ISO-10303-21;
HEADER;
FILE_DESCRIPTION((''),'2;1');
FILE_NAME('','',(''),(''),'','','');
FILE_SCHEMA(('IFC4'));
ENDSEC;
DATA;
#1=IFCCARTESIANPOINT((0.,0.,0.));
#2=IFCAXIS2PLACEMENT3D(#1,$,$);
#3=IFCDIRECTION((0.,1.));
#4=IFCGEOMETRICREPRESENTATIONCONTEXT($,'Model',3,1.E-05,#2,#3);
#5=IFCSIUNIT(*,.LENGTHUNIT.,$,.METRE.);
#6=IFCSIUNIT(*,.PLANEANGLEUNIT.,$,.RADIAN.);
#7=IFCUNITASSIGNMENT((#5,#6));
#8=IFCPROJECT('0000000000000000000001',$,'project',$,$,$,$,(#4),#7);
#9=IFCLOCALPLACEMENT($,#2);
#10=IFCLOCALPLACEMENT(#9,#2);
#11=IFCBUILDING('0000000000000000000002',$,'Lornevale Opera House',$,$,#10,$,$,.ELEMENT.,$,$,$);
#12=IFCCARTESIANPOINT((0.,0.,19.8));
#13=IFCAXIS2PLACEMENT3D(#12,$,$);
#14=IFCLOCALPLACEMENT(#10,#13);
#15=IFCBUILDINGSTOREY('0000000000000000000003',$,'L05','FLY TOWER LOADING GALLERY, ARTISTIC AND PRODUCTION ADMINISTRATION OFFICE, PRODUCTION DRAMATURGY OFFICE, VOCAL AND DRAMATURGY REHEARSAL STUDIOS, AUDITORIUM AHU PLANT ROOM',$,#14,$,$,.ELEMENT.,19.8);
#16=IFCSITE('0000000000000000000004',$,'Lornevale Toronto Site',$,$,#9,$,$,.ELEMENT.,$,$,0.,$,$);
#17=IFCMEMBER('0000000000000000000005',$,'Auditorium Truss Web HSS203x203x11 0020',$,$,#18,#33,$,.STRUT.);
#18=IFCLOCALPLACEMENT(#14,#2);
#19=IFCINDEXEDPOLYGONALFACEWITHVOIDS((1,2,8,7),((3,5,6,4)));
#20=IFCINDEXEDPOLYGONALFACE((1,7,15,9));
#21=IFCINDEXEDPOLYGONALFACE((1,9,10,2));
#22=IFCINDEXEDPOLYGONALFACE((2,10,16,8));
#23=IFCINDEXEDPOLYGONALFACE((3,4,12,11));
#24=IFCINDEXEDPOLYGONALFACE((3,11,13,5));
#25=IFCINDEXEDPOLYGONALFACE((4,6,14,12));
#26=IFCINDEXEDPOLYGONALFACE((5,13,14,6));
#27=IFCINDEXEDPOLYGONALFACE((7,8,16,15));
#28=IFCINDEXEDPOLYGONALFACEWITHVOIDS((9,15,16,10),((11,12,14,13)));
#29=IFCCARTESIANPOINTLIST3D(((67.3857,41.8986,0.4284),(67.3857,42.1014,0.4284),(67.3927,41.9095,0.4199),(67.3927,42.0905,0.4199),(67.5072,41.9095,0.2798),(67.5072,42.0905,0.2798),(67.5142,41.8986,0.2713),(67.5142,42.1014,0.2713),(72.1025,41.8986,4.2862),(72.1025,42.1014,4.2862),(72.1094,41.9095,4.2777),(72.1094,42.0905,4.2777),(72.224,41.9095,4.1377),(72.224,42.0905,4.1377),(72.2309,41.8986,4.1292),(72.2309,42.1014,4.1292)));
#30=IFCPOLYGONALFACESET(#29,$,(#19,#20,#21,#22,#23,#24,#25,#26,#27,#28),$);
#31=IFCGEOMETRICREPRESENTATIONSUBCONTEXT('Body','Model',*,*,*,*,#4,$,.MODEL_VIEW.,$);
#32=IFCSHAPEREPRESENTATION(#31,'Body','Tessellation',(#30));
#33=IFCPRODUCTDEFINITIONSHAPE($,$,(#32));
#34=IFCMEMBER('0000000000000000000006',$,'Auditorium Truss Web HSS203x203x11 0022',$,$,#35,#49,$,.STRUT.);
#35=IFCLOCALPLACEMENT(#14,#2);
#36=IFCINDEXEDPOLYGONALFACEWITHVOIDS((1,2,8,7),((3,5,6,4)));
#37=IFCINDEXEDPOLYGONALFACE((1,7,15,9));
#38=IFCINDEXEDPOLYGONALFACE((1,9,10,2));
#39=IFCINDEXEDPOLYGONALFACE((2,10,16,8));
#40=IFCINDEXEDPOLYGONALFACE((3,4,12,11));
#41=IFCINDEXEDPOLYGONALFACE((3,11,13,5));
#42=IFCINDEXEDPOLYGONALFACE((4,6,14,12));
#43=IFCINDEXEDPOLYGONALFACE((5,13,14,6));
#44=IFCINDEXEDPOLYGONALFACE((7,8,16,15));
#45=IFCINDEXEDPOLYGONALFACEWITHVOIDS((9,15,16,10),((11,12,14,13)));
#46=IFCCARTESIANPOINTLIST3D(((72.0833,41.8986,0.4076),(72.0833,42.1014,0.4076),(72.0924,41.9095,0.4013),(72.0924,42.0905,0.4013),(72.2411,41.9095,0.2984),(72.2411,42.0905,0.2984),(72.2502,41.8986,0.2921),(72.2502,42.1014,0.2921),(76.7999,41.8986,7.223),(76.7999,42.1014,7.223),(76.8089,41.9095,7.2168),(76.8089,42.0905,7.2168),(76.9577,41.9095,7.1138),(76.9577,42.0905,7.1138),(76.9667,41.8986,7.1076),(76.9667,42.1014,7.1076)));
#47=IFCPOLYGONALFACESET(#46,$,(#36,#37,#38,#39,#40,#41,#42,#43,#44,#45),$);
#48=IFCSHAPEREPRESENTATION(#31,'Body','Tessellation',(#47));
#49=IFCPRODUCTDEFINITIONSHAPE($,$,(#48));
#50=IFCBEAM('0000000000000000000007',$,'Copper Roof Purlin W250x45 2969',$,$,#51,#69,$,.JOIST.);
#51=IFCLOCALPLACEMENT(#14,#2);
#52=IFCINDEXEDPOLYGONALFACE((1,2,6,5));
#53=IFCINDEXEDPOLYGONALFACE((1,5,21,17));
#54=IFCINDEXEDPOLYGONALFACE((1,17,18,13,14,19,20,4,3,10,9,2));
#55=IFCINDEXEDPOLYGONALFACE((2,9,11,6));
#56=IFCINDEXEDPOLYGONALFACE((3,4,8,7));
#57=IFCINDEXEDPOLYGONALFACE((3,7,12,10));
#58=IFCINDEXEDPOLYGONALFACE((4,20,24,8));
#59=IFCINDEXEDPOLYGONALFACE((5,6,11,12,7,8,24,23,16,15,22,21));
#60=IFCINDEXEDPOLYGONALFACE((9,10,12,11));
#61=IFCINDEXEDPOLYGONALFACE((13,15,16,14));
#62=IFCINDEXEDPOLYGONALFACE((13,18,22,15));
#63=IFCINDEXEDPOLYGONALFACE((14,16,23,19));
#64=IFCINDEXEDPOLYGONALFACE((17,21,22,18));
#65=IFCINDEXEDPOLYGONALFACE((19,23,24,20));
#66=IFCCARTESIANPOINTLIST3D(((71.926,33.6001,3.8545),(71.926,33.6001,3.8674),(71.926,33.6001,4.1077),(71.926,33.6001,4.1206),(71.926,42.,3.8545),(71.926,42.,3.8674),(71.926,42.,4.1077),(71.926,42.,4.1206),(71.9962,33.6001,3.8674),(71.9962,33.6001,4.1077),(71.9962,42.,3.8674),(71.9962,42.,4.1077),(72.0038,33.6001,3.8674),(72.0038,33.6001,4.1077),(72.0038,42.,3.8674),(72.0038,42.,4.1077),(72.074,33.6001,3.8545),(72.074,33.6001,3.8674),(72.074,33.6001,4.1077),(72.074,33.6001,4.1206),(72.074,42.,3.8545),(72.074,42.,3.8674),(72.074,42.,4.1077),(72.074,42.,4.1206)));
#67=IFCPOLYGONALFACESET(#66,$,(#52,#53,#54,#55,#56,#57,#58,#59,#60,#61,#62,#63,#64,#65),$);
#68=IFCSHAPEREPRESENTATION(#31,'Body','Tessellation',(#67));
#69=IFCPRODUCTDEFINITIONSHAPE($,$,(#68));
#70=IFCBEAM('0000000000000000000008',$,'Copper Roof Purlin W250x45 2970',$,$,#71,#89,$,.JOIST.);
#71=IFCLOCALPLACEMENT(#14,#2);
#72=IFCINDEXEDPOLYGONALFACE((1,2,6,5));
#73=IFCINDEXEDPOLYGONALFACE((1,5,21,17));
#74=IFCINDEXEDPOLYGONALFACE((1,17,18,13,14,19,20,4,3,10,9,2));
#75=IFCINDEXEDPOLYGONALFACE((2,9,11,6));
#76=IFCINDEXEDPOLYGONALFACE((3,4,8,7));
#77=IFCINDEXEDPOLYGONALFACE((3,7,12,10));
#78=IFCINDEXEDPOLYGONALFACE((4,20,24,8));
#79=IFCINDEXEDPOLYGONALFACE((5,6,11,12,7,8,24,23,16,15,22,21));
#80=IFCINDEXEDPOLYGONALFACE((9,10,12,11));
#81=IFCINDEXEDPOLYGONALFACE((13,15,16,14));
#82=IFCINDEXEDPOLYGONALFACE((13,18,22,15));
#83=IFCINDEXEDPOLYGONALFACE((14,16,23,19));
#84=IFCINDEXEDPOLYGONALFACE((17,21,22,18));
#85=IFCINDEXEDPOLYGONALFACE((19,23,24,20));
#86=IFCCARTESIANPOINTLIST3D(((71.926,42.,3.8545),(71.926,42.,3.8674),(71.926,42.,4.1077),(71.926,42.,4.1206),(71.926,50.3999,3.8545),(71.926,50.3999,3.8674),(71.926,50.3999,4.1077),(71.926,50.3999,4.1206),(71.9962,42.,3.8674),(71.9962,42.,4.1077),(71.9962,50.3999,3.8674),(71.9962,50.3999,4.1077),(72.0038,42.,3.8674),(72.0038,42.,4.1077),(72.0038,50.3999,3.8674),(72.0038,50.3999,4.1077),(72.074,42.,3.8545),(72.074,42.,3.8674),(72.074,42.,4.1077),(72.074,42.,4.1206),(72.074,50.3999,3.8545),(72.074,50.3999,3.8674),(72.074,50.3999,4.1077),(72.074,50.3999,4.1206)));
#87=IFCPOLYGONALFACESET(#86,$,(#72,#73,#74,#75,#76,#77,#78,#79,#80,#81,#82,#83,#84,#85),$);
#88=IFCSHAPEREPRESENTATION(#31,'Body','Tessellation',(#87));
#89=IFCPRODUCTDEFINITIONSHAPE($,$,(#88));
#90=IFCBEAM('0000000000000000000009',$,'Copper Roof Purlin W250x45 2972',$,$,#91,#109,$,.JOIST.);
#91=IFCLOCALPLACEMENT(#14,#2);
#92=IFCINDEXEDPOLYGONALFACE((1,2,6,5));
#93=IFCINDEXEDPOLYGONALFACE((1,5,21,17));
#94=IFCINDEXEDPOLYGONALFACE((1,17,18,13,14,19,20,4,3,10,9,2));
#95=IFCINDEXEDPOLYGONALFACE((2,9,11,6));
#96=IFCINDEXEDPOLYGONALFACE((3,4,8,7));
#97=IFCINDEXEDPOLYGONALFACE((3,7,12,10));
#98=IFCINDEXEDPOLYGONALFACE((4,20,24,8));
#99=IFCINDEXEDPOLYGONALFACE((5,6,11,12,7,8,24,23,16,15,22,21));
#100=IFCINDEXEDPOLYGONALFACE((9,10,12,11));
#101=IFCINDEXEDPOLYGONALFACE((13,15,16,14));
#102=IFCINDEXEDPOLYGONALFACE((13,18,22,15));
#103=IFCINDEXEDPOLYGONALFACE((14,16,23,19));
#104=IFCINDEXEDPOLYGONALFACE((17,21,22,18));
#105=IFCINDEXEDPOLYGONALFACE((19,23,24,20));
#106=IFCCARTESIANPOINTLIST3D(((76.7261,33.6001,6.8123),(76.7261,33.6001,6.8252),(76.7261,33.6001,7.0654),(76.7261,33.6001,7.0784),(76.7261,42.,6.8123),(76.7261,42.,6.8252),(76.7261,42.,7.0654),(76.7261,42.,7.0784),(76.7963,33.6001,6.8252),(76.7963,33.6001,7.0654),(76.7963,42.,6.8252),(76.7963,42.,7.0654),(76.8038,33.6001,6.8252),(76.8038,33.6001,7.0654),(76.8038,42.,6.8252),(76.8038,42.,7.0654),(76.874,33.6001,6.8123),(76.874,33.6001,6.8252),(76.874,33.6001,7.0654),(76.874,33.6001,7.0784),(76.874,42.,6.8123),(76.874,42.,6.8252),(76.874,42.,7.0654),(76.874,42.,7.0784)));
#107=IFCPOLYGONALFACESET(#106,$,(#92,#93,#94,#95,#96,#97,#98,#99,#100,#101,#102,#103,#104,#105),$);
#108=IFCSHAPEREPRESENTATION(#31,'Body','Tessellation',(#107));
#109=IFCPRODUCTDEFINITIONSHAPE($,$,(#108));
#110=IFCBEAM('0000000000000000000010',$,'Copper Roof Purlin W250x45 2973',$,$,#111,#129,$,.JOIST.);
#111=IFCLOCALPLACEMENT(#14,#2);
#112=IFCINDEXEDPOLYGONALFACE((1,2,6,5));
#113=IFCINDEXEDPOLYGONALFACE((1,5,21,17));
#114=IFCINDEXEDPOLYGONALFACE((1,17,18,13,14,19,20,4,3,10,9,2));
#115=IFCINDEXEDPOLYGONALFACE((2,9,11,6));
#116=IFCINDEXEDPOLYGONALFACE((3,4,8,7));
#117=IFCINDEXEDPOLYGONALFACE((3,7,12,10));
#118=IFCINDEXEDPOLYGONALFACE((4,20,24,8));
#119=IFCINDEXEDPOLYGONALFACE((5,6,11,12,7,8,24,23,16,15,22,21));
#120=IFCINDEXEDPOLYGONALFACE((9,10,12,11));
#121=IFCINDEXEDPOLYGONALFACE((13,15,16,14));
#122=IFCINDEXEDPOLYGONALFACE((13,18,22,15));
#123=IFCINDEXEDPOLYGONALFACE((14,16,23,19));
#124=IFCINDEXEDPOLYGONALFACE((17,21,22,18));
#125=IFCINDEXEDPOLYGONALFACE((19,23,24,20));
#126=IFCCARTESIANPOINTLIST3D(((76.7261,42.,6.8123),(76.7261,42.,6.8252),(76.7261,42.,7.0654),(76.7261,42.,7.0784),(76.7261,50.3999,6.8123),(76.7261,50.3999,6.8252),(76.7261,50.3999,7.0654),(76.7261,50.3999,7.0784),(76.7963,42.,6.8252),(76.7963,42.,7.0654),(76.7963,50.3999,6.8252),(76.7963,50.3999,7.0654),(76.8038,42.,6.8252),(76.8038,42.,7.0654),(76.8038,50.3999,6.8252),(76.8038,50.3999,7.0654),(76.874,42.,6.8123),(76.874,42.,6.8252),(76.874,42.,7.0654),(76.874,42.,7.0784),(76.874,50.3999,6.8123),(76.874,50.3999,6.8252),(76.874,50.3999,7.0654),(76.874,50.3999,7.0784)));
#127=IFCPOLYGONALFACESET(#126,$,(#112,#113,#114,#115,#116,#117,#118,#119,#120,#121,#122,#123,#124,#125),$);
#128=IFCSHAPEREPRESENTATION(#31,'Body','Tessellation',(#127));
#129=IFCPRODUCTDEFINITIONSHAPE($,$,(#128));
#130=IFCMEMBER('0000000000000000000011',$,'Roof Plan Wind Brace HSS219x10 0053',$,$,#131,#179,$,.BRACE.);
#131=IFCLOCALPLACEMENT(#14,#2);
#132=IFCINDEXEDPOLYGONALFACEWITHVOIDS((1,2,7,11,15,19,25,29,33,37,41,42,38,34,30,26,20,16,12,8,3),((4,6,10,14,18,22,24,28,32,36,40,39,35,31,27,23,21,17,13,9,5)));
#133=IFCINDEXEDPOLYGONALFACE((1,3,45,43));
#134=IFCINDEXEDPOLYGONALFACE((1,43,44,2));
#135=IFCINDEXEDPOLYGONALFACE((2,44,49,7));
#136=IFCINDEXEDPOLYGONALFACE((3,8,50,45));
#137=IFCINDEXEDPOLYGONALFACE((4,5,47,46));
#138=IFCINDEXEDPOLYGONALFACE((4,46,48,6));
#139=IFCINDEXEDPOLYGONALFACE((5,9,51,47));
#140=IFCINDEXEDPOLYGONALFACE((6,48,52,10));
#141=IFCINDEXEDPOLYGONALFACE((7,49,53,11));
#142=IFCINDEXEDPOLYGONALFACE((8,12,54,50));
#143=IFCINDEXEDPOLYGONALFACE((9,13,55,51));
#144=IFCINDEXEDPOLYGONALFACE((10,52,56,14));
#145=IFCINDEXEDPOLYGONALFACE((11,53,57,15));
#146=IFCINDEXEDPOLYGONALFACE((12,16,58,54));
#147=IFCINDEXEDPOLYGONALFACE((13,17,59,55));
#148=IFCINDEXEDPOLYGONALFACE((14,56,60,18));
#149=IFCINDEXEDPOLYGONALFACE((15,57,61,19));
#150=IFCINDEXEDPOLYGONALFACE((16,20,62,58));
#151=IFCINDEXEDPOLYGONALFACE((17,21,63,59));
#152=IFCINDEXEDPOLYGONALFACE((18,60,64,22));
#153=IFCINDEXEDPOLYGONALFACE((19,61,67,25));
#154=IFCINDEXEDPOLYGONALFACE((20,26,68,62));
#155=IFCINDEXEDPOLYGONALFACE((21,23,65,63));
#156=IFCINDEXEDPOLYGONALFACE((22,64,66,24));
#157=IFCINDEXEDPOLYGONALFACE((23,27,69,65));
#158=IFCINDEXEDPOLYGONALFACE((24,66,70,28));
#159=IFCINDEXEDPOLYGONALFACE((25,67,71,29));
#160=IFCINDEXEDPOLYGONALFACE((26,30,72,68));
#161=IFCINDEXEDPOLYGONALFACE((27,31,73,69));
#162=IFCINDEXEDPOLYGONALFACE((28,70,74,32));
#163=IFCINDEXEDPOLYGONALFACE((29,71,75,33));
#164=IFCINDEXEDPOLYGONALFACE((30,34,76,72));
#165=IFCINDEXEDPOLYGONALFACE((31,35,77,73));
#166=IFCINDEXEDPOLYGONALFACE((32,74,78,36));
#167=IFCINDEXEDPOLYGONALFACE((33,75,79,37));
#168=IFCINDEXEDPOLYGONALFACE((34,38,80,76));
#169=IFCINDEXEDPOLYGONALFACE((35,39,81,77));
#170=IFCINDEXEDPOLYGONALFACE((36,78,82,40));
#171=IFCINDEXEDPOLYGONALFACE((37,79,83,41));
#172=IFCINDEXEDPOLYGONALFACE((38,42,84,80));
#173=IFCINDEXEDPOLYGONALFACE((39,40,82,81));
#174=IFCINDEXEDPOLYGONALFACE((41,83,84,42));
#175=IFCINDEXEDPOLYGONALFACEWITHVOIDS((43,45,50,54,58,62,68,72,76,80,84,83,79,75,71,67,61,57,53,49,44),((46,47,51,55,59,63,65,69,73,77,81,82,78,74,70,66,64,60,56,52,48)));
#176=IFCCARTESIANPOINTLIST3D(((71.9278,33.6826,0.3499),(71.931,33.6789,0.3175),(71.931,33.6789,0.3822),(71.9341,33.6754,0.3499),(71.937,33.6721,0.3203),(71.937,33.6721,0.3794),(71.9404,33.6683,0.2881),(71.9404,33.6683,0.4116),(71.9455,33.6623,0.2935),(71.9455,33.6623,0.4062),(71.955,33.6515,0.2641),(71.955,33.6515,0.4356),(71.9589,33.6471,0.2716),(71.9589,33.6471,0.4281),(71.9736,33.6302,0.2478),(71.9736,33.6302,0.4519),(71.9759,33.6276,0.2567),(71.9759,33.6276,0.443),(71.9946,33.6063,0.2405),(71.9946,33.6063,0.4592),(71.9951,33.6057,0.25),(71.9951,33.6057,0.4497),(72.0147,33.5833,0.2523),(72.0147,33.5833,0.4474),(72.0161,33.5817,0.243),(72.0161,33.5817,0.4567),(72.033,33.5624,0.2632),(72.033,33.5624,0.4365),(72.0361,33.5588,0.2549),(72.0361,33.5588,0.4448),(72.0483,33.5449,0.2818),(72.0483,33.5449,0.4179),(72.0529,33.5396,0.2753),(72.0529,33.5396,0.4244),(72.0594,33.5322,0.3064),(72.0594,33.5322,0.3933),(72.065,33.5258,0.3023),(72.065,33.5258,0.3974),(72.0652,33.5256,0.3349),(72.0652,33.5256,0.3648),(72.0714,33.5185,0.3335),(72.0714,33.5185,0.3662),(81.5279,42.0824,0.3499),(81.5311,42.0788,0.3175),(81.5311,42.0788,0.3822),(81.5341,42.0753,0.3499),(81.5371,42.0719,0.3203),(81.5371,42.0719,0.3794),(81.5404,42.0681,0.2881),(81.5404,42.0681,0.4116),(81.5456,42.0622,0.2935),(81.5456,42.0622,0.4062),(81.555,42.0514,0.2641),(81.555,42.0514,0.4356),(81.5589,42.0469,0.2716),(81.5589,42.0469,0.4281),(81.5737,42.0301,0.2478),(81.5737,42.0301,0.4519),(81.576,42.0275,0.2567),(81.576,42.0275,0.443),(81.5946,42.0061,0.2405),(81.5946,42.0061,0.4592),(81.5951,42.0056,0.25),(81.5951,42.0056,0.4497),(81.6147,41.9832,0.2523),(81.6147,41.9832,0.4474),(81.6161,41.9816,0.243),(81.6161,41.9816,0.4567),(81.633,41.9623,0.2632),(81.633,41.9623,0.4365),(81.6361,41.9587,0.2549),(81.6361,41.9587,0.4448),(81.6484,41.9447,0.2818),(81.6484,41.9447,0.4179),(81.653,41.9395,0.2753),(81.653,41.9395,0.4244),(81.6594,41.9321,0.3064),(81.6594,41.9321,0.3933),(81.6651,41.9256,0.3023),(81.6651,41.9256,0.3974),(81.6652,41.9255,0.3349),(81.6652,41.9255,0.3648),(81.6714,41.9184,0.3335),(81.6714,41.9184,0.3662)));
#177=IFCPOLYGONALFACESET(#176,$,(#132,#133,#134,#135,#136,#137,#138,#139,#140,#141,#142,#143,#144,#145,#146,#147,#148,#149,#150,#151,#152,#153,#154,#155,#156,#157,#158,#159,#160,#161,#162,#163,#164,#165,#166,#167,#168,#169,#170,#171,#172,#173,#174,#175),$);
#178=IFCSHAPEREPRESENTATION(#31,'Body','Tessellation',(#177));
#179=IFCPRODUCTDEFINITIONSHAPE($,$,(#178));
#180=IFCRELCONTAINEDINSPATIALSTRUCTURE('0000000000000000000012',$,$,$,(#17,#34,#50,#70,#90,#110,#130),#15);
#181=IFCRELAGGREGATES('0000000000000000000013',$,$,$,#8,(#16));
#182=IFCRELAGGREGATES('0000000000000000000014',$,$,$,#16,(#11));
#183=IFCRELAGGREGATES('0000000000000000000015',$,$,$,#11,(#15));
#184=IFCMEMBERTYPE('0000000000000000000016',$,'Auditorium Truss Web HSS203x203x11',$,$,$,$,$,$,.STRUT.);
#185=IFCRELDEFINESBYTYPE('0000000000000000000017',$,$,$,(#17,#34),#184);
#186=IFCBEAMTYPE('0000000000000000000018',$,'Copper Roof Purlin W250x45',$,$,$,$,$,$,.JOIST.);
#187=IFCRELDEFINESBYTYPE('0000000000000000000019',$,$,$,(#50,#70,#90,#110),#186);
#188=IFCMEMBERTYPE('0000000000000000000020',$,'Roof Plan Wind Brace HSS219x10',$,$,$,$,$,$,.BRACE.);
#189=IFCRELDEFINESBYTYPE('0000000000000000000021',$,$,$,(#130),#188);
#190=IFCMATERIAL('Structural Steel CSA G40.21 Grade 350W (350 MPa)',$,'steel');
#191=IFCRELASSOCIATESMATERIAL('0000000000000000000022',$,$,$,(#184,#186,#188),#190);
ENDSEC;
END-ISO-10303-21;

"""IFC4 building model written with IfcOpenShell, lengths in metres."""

from ifc_helpers import new_model, si_unit, direction, frame, origin, origin_2d, place, context, subcontext, project, spatial, hollow_rectangle, hollow_circle, i_section, extrude, material, material_profile, profile_set, type_object, element, save


model = new_model("IFC4")

# Units and contexts
model_context = context("Model", 3, precision=1e-05, world=origin(), true_north=direction((0.0, 1.0)))
body_context = subcontext(model_context, "Body", "Model", "MODEL_VIEW")
ifc_project = project(units=[si_unit("LENGTHUNIT", "METRE"), si_unit("PLANEANGLEUNIT", "RADIAN")], contexts=[model_context])

# Site, building, storey
site_placement = place(None, origin())
site = spatial("IfcSite", under=ifc_project, at=site_placement, Name="Lornevale Toronto Site", CompositionType="ELEMENT", RefElevation=0.0)
building_placement = place(site_placement, origin())
building = spatial("IfcBuilding", under=site, at=building_placement, Name="Lornevale Opera House", CompositionType="ELEMENT")
storey_placement = place(building_placement, frame((0.0, 0.0, 19.8)))
storey = spatial("IfcBuildingStorey", under=building, at=storey_placement, Name="L05", Description="FLY TOWER LOADING GALLERY, ARTISTIC AND PRODUCTION ADMINISTRATION OFFICE, PRODUCTION DRAMATURGY OFFICE, VOCAL AND DRAMATURGY REHEARSAL STUDIOS, AUDITORIUM AHU PLANT ROOM", CompositionType="ELEMENT", Elevation=19.8)

# Shared definitions
ifc_material_1 = material(Name="Structural Steel CSA G40.21 Grade 350W (350 MPa)", Category="steel")

# Members
ifc_material_profile_1 = material_profile(ifc_material_1, hollow_rectangle(XDim=0.2029, YDim=0.2029, WallThickness=0.011, at=origin_2d()), Name="HSS203x203x11")
ifc_profile_set_1 = profile_set([ifc_material_profile_1], Name="Structural Steel CSA G40.21 Grade 350W (350 MPa)")
member_type_1 = type_object("IfcMemberType", Name="Auditorium Truss Web HSS203x203x11", PredefinedType="STRUT", material=ifc_profile_set_1)
member_1_placement = place(storey_placement, frame((67.45, 42.0, 0.3499), z_axis=(0.774061, 0.0, 0.633111), x_axis=(0.0, 1.0, 0.0)))
element("IfcMember", 1, at=member_1_placement, inside=storey, type_object=member_type_1, Name="Auditorium Truss Web HSS203x203x11 0020", PredefinedType="STRUT", context=body_context, shape_type="SweptSolid", body=[
    extrude(hollow_rectangle(XDim=0.2029, YDim=0.2029, WallThickness=0.011, at=origin_2d()), origin(), (0.0, 0.0, 1.0), 6.0935),
])
member_2_placement = place(storey_placement, frame((72.1667, 42.0, 0.3499), z_axis=(0.569061, 0.0, 0.822295), x_axis=(0.0, 1.0, 0.0)))
element("IfcMember", 2, at=member_2_placement, inside=storey, type_object=member_type_1, Name="Auditorium Truss Web HSS203x203x11 0022", PredefinedType="STRUT", context=body_context, shape_type="SweptSolid", body=[
    extrude(hollow_rectangle(XDim=0.2029, YDim=0.2029, WallThickness=0.011, at=origin_2d()), origin(), (0.0, 0.0, 1.0), 8.2883),
])

# Beams
ifc_material_profile_2 = material_profile(ifc_material_1, i_section(OverallWidth=0.1479, OverallDepth=0.2661, WebThickness=0.0076, FlangeThickness=0.0129, at=origin_2d()), Name="W250x45")
ifc_profile_set_2 = profile_set([ifc_material_profile_2], Name="Structural Steel CSA G40.21 Grade 350W (350 MPa)")
beam_type_1 = type_object("IfcBeamType", Name="Copper Roof Purlin W250x45", PredefinedType="JOIST", material=ifc_profile_set_2)
for number, where, z_axis, x_axis, name in (
    (3, (72.0, 33.6001, 3.9875), (0.0, 1.0, 0.0), (-1.0, 0.0, 0.0), "Copper Roof Purlin W250x45 2969"),
    (4, (72.0, 42.0, 3.9875), (0.0, 1.0, 0.0), (-1.0, 0.0, 0.0), "Copper Roof Purlin W250x45 2970"),
    (5, (76.8, 33.6001, 6.9453), (0.0, 1.0, 0.0), (-1.0, 0.0, 0.0), "Copper Roof Purlin W250x45 2972"),
    (6, (76.8, 42.0, 6.9453), (0.0, 1.0, 0.0), (-1.0, 0.0, 0.0), "Copper Roof Purlin W250x45 2973"),
):
    element("IfcBeam", number, at=place(storey_placement, frame(where, z_axis=z_axis, x_axis=x_axis)), inside=storey, type_object=beam_type_1, Name=name, PredefinedType="JOIST", context=body_context, shape_type="SweptSolid", body=[
        extrude(i_section(OverallWidth=0.1479, OverallDepth=0.2661, WebThickness=0.0076, FlangeThickness=0.0129, at=origin_2d()), origin(), (0.0, 0.0, 1.0), 8.3999),
    ])

# Member
ifc_material_profile_3 = material_profile(ifc_material_1, hollow_circle(Radius=0.1096, WallThickness=0.0095, at=origin_2d()), Name="HSS219x10")
ifc_profile_set_3 = profile_set([ifc_material_profile_3], Name="Structural Steel CSA G40.21 Grade 350W (350 MPa)")
member_type_2 = type_object("IfcMemberType", Name="Roof Plan Wind Brace HSS219x10", PredefinedType="BRACE", material=ifc_profile_set_3)
for number, where, z_axis, x_axis, name in (
    (7, (72.0, 33.6001, 0.3499), (0.752584, 0.658496, 0.0), (-0.658496, 0.752584, 0.0), "Roof Plan Wind Brace HSS219x10 0053"),
):
    element("IfcMember", number, at=place(storey_placement, frame(where, z_axis=z_axis, x_axis=x_axis)), inside=storey, type_object=member_type_2, Name=name, PredefinedType="BRACE", context=body_context, shape_type="SweptSolid", body=[
        extrude(hollow_circle(Radius=0.1096, WallThickness=0.0095, at=origin_2d()), origin(), (0.0, 0.0, 1.0), 12.7561),
    ])

save(model, "model.ifc")
